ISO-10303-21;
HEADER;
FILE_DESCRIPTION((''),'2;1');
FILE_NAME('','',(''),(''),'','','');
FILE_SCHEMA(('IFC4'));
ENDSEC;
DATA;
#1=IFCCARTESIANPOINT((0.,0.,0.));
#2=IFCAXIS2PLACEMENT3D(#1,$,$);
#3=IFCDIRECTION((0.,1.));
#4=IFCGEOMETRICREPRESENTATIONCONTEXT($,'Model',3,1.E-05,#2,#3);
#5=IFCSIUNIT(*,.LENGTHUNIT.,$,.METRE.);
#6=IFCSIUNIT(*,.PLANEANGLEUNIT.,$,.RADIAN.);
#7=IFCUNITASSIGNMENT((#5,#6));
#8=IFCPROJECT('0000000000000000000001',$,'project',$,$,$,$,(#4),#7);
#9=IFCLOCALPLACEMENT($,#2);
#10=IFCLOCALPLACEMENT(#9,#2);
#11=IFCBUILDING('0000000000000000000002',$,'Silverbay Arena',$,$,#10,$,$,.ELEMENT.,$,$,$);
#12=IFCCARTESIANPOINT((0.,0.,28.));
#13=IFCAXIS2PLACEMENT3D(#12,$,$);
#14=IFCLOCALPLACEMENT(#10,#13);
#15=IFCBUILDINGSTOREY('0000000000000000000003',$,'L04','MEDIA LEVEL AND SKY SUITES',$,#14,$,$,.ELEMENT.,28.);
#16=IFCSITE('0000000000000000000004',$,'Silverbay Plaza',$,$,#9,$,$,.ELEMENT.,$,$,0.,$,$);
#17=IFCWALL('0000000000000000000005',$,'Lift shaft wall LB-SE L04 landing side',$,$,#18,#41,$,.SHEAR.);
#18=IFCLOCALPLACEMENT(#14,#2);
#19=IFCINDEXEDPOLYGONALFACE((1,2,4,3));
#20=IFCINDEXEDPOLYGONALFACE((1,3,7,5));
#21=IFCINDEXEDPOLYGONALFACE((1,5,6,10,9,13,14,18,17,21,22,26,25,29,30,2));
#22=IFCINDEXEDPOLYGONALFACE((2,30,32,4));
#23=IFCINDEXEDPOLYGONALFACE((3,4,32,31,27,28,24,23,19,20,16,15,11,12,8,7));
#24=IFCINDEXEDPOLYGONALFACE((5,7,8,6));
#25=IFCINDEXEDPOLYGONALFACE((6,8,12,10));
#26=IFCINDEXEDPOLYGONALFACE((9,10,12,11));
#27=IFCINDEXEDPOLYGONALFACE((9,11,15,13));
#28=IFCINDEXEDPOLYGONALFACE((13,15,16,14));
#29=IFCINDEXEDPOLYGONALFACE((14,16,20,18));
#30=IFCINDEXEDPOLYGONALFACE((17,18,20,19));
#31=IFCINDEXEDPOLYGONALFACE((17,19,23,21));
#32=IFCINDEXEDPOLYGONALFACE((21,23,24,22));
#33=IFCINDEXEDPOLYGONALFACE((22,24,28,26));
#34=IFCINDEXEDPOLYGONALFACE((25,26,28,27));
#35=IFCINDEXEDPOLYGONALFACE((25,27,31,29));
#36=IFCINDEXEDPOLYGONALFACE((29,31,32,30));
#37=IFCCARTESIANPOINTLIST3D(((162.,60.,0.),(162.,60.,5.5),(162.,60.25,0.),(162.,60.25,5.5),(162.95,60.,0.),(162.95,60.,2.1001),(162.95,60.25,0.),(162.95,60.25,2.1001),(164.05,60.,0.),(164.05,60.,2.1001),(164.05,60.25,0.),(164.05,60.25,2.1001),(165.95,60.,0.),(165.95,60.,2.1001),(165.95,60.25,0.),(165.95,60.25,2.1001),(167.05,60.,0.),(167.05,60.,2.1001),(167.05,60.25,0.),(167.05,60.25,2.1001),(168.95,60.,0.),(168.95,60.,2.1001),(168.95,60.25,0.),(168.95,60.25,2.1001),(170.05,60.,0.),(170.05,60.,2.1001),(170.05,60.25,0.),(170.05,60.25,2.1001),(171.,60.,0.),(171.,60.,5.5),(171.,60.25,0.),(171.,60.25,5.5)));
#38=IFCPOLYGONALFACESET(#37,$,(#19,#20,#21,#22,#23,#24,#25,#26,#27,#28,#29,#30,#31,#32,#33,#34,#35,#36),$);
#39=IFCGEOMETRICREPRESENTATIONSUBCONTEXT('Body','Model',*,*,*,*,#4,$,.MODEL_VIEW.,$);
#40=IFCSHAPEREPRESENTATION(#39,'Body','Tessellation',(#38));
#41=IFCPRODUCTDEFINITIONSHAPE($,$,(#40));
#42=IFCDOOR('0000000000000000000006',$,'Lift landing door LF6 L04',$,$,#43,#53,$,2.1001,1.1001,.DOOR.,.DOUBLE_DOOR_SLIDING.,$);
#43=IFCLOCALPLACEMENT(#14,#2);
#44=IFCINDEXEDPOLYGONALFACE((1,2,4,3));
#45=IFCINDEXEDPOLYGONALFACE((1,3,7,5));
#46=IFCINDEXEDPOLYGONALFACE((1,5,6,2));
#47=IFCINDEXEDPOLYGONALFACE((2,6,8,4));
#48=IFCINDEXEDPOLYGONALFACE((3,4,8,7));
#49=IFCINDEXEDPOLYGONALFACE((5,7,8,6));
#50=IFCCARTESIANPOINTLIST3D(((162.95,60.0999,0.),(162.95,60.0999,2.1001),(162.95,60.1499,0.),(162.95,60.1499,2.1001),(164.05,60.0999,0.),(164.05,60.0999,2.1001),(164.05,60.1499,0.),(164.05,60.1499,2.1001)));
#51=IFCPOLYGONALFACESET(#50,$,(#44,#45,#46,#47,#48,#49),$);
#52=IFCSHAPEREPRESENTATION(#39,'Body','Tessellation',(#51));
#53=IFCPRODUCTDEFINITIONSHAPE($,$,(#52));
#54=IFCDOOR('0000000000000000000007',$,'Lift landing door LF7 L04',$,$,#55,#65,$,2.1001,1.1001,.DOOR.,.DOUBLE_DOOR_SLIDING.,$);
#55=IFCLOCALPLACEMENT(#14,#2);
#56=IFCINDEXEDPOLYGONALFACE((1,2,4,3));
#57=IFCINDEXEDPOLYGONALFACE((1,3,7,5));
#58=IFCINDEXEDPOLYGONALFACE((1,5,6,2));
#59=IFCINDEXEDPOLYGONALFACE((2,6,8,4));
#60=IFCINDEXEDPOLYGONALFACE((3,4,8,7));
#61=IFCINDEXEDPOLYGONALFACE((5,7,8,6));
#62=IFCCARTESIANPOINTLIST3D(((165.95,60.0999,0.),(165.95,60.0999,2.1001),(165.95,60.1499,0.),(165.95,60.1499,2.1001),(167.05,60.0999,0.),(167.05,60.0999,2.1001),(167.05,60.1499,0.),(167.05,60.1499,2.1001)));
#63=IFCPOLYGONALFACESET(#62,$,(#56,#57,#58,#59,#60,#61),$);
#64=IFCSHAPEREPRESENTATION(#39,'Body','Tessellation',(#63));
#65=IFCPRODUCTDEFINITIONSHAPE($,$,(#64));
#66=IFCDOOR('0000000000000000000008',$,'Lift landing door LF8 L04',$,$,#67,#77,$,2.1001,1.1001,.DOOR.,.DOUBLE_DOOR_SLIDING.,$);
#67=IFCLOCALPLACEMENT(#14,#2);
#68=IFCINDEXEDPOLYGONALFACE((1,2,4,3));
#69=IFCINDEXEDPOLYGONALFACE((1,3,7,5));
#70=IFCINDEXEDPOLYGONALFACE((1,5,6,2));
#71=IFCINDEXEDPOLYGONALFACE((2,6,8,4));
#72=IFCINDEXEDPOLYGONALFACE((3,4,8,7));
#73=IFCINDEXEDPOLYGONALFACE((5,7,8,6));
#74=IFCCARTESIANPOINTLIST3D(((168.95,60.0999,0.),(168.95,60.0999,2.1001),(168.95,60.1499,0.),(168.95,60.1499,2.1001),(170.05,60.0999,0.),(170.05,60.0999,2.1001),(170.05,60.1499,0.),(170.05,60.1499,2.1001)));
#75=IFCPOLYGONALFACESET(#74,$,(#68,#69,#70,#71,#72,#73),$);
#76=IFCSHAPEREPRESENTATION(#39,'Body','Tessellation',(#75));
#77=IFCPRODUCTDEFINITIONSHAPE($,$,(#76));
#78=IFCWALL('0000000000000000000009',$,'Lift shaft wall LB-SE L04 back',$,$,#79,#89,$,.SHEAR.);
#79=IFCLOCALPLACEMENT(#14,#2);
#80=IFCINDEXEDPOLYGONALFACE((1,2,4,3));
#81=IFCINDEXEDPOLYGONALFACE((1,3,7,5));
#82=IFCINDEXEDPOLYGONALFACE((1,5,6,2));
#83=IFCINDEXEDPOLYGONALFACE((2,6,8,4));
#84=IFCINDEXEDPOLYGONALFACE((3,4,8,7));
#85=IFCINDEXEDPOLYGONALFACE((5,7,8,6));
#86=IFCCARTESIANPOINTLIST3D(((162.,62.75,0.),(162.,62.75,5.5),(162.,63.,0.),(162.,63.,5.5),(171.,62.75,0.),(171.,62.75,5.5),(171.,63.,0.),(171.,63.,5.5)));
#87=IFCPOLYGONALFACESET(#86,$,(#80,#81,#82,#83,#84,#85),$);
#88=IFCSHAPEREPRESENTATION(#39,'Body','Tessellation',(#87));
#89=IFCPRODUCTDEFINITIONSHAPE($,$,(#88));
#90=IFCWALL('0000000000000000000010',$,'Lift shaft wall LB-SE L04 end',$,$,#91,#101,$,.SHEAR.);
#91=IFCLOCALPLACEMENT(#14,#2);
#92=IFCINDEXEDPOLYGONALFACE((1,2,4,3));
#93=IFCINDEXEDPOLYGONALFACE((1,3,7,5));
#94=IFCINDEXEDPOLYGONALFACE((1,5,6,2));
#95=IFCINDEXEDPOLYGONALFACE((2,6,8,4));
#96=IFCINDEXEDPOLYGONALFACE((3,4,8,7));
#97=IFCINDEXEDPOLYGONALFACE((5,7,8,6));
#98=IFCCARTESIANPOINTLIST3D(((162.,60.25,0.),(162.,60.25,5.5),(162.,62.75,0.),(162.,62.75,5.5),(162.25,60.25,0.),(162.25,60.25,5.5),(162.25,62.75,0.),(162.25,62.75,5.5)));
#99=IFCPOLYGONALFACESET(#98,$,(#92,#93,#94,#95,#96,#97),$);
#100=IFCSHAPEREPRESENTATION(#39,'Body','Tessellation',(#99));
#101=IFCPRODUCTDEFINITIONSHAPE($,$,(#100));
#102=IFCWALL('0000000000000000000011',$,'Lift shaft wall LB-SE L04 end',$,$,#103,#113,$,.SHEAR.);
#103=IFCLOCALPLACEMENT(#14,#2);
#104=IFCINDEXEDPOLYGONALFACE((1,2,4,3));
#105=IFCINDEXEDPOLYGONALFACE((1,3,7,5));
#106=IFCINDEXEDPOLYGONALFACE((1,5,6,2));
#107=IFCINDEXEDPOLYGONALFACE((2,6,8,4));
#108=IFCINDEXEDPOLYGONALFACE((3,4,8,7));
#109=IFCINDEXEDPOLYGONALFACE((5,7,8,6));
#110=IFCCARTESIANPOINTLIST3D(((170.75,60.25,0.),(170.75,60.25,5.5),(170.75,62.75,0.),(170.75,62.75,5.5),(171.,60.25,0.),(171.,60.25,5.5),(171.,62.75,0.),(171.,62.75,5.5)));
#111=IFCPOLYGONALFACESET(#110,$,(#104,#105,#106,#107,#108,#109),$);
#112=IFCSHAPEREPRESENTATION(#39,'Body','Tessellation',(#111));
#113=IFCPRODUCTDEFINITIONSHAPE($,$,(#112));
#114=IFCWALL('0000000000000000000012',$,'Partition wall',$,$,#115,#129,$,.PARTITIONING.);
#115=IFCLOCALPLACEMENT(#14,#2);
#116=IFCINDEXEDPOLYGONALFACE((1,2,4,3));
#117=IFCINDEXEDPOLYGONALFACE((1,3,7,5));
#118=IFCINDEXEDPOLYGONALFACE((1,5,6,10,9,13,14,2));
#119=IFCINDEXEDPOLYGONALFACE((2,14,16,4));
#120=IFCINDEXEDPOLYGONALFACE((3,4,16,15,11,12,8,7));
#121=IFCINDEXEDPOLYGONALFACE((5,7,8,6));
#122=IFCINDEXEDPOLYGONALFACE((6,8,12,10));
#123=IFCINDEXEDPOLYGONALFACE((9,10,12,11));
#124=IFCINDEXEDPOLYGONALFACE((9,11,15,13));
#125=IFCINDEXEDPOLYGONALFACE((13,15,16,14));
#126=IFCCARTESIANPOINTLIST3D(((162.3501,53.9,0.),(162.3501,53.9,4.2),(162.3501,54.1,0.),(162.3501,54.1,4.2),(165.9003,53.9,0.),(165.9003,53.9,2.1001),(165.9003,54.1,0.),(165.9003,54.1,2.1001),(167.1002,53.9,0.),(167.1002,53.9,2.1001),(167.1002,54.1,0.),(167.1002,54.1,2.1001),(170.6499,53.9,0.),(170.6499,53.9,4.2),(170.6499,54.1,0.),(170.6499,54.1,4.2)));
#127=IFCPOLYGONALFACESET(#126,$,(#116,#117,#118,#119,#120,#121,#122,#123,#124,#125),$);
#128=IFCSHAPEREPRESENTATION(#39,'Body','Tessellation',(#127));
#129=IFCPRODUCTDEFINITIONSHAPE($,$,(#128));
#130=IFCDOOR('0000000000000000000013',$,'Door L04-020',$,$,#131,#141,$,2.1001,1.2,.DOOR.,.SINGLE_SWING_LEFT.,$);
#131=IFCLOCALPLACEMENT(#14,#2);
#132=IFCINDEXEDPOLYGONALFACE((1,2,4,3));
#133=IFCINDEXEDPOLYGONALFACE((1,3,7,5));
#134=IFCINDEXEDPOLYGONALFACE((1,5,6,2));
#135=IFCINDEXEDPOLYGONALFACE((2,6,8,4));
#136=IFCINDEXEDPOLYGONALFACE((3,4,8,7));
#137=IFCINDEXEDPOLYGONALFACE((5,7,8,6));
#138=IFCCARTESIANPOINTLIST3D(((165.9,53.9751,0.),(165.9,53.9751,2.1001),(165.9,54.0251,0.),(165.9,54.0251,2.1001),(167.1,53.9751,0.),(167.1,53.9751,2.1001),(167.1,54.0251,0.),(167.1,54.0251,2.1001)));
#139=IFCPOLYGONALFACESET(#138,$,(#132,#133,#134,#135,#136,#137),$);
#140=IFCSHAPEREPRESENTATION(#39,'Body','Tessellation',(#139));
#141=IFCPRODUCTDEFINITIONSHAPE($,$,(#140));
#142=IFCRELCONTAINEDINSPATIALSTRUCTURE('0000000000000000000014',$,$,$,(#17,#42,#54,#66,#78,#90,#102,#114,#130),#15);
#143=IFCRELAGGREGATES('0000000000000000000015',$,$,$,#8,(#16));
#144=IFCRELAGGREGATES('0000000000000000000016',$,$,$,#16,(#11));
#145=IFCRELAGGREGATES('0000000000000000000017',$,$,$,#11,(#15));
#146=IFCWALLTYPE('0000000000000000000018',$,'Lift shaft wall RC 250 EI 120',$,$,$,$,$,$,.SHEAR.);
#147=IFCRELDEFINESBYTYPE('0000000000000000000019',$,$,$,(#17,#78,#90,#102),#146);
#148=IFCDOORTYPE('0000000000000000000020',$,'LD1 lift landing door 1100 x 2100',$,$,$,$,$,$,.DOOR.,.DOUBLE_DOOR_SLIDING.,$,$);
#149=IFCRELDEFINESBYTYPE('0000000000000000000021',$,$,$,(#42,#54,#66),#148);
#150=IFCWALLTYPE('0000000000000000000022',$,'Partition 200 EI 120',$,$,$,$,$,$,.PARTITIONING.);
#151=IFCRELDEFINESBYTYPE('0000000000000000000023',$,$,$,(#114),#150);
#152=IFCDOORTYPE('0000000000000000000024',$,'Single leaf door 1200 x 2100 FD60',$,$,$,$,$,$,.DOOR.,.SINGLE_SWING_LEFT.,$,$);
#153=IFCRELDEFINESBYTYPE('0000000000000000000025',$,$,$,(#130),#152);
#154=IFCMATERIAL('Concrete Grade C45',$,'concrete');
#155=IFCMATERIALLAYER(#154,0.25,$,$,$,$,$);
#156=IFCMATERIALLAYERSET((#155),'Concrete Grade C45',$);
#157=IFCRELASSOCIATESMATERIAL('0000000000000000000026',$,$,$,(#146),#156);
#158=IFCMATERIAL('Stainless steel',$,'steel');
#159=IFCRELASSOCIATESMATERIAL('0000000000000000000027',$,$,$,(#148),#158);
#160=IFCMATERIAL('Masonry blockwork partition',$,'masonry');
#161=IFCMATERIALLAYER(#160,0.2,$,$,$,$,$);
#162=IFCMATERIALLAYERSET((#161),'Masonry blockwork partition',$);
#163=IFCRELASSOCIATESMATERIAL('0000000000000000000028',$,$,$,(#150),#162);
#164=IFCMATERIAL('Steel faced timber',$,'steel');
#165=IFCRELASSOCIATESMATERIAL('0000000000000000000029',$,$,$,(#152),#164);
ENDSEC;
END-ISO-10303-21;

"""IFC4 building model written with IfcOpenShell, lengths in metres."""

from ifc_helpers import new_model, si_unit, direction, frame, frame_2d, origin, place, context, subcontext, project, spatial, rectangle, extrude, material, layer, layer_set, type_object, element, fill, save


model = new_model("IFC4")

# Units and contexts
model_context = context("Model", 3, precision=1e-05, world=origin(), true_north=direction((0.0, 1.0)))
body_context = subcontext(model_context, "Body", "Model", "MODEL_VIEW")
ifc_project = project(units=[si_unit("LENGTHUNIT", "METRE"), si_unit("PLANEANGLEUNIT", "RADIAN")], contexts=[model_context])

# Site, building, storey
site_placement = place(None, origin())
site = spatial("IfcSite", under=ifc_project, at=site_placement, Name="Silverbay Plaza", CompositionType="ELEMENT", RefElevation=0.0)
building_placement = place(site_placement, origin())
building = spatial("IfcBuilding", under=site, at=building_placement, Name="Silverbay Arena", CompositionType="ELEMENT")
storey_placement = place(building_placement, frame((0.0, 0.0, 28.0)))
storey = spatial("IfcBuildingStorey", under=building, at=storey_placement, Name="L04", Description="MEDIA LEVEL AND SKY SUITES", CompositionType="ELEMENT", Elevation=28.0)

# Wall, openings, doors
ifc_material_1 = material(Name="Concrete Grade C45", Category="concrete")
ifc_layer_1 = layer(ifc_material_1, 0.25)
ifc_layer_set_1 = layer_set([ifc_layer_1], Name="Concrete Grade C45")
wall_type_1 = type_object("IfcWallType", Name="Lift shaft wall RC 250 EI 120", PredefinedType="SHEAR", material=ifc_layer_set_1)
wall_1_placement = place(storey_placement, frame((162.0, 60.125, 0.0), z_axis=(0.0, 0.0, 1.0), x_axis=(1.0, 0.0, 0.0)))
wall_1 = element("IfcWall", 1, at=wall_1_placement, inside=storey, type_object=wall_type_1, Name="Lift shaft wall LB-SE L04 landing side", PredefinedType="SHEAR", context=body_context, shape_type="SweptSolid", body=[
    extrude(rectangle(XDim=9.0, YDim=0.25, at=frame_2d((4.5, 0.0))), origin(), (0.0, 0.0, 1.0), 5.5),
])
opening_1_placement = place(wall_1_placement, frame((0.95, 0.0, 0.0)))
opening_1 = element("IfcOpeningElement", 2, at=opening_1_placement, cuts=wall_1, PredefinedType="OPENING", context=body_context, shape_type="SweptSolid", body=[
    extrude(rectangle(XDim=1.1001, YDim=2.1001, at=frame_2d((0.55, 1.05))), frame((0.0, 0.135, 0.0), z_axis=(0.0, -1.0, 0.0), x_axis=(1.0, 0.0, 0.0)), (0.0, 0.0, 1.0), 0.27),
])
opening_2_placement = place(wall_1_placement, frame((3.95, 0.0, 0.0)))
opening_2 = element("IfcOpeningElement", 3, at=opening_2_placement, cuts=wall_1, PredefinedType="OPENING", context=body_context, shape_type="SweptSolid", body=[
    extrude(rectangle(XDim=1.1001, YDim=2.1001, at=frame_2d((0.55, 1.05))), frame((0.0, 0.135, 0.0), z_axis=(0.0, -1.0, 0.0), x_axis=(1.0, 0.0, 0.0)), (0.0, 0.0, 1.0), 0.27),
])
opening_3_placement = place(wall_1_placement, frame((6.95, 0.0, 0.0)))
opening_3 = element("IfcOpeningElement", 4, at=opening_3_placement, cuts=wall_1, PredefinedType="OPENING", context=body_context, shape_type="SweptSolid", body=[
    extrude(rectangle(XDim=1.1001, YDim=2.1001, at=frame_2d((0.55, 1.05))), frame((0.0, 0.135, 0.0), z_axis=(0.0, -1.0, 0.0), x_axis=(1.0, 0.0, 0.0)), (0.0, 0.0, 1.0), 0.27),
])
ifc_material_2 = material(Name="Stainless steel", Category="steel")
door_type_1 = type_object("IfcDoorType", Name="LD1 lift landing door 1100 x 2100", OperationType="DOUBLE_DOOR_SLIDING", PredefinedType="DOOR", material=ifc_material_2)
door_1_placement = place(opening_1_placement, origin())
door_1 = element("IfcDoor", 5, at=door_1_placement, inside=storey, type_object=door_type_1, Name="Lift landing door LF6 L04", OperationType="DOUBLE_DOOR_SLIDING", OverallHeight=2.1001, OverallWidth=1.1001, PredefinedType="DOOR", context=body_context, shape_type="SweptSolid", body=[
    extrude(rectangle(XDim=1.1001, YDim=2.1001, at=frame_2d((0.55, 1.05))), frame((0.0, 0.0249, 0.0), z_axis=(0.0, -1.0, 0.0), x_axis=(1.0, 0.0, 0.0)), (0.0, 0.0, 1.0), 0.05),
])
fill(opening_1, door_1)
door_2_placement = place(opening_2_placement, origin())
door_2 = element("IfcDoor", 6, at=door_2_placement, inside=storey, type_object=door_type_1, Name="Lift landing door LF7 L04", OperationType="DOUBLE_DOOR_SLIDING", OverallHeight=2.1001, OverallWidth=1.1001, PredefinedType="DOOR", context=body_context, shape_type="SweptSolid", body=[
    extrude(rectangle(XDim=1.1001, YDim=2.1001, at=frame_2d((0.55, 1.05))), frame((0.0, 0.0249, 0.0), z_axis=(0.0, -1.0, 0.0), x_axis=(1.0, 0.0, 0.0)), (0.0, 0.0, 1.0), 0.05),
])
fill(opening_2, door_2)
door_3_placement = place(opening_3_placement, origin())
door_3 = element("IfcDoor", 7, at=door_3_placement, inside=storey, type_object=door_type_1, Name="Lift landing door LF8 L04", OperationType="DOUBLE_DOOR_SLIDING", OverallHeight=2.1001, OverallWidth=1.1001, PredefinedType="DOOR", context=body_context, shape_type="SweptSolid", body=[
    extrude(rectangle(XDim=1.1001, YDim=2.1001, at=frame_2d((0.55, 1.05))), frame((0.0, 0.0249, 0.0), z_axis=(0.0, -1.0, 0.0), x_axis=(1.0, 0.0, 0.0)), (0.0, 0.0, 1.0), 0.05),
])
fill(opening_3, door_3)

# Walls
wall_2_placement = place(storey_placement, frame((162.0, 62.875, 0.0), z_axis=(0.0, 0.0, 1.0), x_axis=(1.0, 0.0, 0.0)))
element("IfcWall", 8, at=wall_2_placement, inside=storey, type_object=wall_type_1, Name="Lift shaft wall LB-SE L04 back", PredefinedType="SHEAR", context=body_context, shape_type="SweptSolid", body=[
    extrude(rectangle(XDim=9.0, YDim=0.25, at=frame_2d((4.5, 0.0))), origin(), (0.0, 0.0, 1.0), 5.5),
])
for number, where, z_axis, x_axis, name in (
    (9, (162.125, 60.25, 0.0), (0.0, 0.0, 1.0), (0.0, 1.0, 0.0), "Lift shaft wall LB-SE L04 end"),
    (10, (170.875, 60.25, 0.0), (0.0, 0.0, 1.0), (0.0, 1.0, 0.0), "Lift shaft wall LB-SE L04 end"),
):
    element("IfcWall", number, at=place(storey_placement, frame(where, z_axis=z_axis, x_axis=x_axis)), inside=storey, type_object=wall_type_1, Name=name, PredefinedType="SHEAR", context=body_context, shape_type="SweptSolid", body=[
        extrude(rectangle(XDim=2.5, YDim=0.25, at=frame_2d((1.25, 0.0))), origin(), (0.0, 0.0, 1.0), 5.5),
    ])

# Wall, opening, door
ifc_material_3 = material(Name="Masonry blockwork partition", Category="masonry")
ifc_layer_2 = layer(ifc_material_3, 0.2)
ifc_layer_set_2 = layer_set([ifc_layer_2], Name="Masonry blockwork partition")
wall_type_2 = type_object("IfcWallType", Name="Partition 200 EI 120", PredefinedType="PARTITIONING", material=ifc_layer_set_2)
wall_3_placement = place(storey_placement, frame((162.3501, 54.0, 0.0), z_axis=(0.0, 0.0, 1.0), x_axis=(1.0, 0.0, 0.0)))
wall_3 = element("IfcWall", 11, at=wall_3_placement, inside=storey, type_object=wall_type_2, Name="Partition wall", PredefinedType="PARTITIONING", context=body_context, shape_type="SweptSolid", body=[
    extrude(rectangle(XDim=8.2998, YDim=0.2, at=frame_2d((4.1499, 0.0))), origin(), (0.0, 0.0, 1.0), 4.2),
])
opening_4_placement = place(wall_3_placement, frame((3.55, 0.0, 0.0)))
opening_4 = element("IfcOpeningElement", 12, at=opening_4_placement, cuts=wall_3, PredefinedType="OPENING", context=body_context, shape_type="SweptSolid", body=[
    extrude(rectangle(XDim=1.2, YDim=2.1001, at=frame_2d((0.6001, 1.05))), frame((0.0, 0.1099, 0.0), z_axis=(0.0, -1.0, 0.0), x_axis=(1.0, 0.0, 0.0)), (0.0, 0.0, 1.0), 0.22),
])
ifc_material_4 = material(Name="Steel faced timber", Category="steel")
door_type_2 = type_object("IfcDoorType", Name="Single leaf door 1200 x 2100 FD60", OperationType="SINGLE_SWING_LEFT", PredefinedType="DOOR", material=ifc_material_4)
door_4_placement = place(opening_4_placement, frame((1.2, 0.0, 0.0), z_axis=(0.0, 0.0, 1.0), x_axis=(-1.0, 0.0, 0.0)))
door_4 = element("IfcDoor", 13, at=door_4_placement, inside=storey, type_object=door_type_2, Name="Door L04-020", OperationType="SINGLE_SWING_LEFT", OverallHeight=2.1001, OverallWidth=1.2, PredefinedType="DOOR", context=body_context, shape_type="SweptSolid", body=[
    extrude(rectangle(XDim=1.2, YDim=2.1001, at=frame_2d((0.6001, 1.05))), frame((0.0, 0.0249, 0.0), z_axis=(0.0, -1.0, 0.0), x_axis=(1.0, 0.0, 0.0)), (0.0, 0.0, 1.0), 0.05),
])
fill(opening_4, door_4)

save(model, "model.ifc")
